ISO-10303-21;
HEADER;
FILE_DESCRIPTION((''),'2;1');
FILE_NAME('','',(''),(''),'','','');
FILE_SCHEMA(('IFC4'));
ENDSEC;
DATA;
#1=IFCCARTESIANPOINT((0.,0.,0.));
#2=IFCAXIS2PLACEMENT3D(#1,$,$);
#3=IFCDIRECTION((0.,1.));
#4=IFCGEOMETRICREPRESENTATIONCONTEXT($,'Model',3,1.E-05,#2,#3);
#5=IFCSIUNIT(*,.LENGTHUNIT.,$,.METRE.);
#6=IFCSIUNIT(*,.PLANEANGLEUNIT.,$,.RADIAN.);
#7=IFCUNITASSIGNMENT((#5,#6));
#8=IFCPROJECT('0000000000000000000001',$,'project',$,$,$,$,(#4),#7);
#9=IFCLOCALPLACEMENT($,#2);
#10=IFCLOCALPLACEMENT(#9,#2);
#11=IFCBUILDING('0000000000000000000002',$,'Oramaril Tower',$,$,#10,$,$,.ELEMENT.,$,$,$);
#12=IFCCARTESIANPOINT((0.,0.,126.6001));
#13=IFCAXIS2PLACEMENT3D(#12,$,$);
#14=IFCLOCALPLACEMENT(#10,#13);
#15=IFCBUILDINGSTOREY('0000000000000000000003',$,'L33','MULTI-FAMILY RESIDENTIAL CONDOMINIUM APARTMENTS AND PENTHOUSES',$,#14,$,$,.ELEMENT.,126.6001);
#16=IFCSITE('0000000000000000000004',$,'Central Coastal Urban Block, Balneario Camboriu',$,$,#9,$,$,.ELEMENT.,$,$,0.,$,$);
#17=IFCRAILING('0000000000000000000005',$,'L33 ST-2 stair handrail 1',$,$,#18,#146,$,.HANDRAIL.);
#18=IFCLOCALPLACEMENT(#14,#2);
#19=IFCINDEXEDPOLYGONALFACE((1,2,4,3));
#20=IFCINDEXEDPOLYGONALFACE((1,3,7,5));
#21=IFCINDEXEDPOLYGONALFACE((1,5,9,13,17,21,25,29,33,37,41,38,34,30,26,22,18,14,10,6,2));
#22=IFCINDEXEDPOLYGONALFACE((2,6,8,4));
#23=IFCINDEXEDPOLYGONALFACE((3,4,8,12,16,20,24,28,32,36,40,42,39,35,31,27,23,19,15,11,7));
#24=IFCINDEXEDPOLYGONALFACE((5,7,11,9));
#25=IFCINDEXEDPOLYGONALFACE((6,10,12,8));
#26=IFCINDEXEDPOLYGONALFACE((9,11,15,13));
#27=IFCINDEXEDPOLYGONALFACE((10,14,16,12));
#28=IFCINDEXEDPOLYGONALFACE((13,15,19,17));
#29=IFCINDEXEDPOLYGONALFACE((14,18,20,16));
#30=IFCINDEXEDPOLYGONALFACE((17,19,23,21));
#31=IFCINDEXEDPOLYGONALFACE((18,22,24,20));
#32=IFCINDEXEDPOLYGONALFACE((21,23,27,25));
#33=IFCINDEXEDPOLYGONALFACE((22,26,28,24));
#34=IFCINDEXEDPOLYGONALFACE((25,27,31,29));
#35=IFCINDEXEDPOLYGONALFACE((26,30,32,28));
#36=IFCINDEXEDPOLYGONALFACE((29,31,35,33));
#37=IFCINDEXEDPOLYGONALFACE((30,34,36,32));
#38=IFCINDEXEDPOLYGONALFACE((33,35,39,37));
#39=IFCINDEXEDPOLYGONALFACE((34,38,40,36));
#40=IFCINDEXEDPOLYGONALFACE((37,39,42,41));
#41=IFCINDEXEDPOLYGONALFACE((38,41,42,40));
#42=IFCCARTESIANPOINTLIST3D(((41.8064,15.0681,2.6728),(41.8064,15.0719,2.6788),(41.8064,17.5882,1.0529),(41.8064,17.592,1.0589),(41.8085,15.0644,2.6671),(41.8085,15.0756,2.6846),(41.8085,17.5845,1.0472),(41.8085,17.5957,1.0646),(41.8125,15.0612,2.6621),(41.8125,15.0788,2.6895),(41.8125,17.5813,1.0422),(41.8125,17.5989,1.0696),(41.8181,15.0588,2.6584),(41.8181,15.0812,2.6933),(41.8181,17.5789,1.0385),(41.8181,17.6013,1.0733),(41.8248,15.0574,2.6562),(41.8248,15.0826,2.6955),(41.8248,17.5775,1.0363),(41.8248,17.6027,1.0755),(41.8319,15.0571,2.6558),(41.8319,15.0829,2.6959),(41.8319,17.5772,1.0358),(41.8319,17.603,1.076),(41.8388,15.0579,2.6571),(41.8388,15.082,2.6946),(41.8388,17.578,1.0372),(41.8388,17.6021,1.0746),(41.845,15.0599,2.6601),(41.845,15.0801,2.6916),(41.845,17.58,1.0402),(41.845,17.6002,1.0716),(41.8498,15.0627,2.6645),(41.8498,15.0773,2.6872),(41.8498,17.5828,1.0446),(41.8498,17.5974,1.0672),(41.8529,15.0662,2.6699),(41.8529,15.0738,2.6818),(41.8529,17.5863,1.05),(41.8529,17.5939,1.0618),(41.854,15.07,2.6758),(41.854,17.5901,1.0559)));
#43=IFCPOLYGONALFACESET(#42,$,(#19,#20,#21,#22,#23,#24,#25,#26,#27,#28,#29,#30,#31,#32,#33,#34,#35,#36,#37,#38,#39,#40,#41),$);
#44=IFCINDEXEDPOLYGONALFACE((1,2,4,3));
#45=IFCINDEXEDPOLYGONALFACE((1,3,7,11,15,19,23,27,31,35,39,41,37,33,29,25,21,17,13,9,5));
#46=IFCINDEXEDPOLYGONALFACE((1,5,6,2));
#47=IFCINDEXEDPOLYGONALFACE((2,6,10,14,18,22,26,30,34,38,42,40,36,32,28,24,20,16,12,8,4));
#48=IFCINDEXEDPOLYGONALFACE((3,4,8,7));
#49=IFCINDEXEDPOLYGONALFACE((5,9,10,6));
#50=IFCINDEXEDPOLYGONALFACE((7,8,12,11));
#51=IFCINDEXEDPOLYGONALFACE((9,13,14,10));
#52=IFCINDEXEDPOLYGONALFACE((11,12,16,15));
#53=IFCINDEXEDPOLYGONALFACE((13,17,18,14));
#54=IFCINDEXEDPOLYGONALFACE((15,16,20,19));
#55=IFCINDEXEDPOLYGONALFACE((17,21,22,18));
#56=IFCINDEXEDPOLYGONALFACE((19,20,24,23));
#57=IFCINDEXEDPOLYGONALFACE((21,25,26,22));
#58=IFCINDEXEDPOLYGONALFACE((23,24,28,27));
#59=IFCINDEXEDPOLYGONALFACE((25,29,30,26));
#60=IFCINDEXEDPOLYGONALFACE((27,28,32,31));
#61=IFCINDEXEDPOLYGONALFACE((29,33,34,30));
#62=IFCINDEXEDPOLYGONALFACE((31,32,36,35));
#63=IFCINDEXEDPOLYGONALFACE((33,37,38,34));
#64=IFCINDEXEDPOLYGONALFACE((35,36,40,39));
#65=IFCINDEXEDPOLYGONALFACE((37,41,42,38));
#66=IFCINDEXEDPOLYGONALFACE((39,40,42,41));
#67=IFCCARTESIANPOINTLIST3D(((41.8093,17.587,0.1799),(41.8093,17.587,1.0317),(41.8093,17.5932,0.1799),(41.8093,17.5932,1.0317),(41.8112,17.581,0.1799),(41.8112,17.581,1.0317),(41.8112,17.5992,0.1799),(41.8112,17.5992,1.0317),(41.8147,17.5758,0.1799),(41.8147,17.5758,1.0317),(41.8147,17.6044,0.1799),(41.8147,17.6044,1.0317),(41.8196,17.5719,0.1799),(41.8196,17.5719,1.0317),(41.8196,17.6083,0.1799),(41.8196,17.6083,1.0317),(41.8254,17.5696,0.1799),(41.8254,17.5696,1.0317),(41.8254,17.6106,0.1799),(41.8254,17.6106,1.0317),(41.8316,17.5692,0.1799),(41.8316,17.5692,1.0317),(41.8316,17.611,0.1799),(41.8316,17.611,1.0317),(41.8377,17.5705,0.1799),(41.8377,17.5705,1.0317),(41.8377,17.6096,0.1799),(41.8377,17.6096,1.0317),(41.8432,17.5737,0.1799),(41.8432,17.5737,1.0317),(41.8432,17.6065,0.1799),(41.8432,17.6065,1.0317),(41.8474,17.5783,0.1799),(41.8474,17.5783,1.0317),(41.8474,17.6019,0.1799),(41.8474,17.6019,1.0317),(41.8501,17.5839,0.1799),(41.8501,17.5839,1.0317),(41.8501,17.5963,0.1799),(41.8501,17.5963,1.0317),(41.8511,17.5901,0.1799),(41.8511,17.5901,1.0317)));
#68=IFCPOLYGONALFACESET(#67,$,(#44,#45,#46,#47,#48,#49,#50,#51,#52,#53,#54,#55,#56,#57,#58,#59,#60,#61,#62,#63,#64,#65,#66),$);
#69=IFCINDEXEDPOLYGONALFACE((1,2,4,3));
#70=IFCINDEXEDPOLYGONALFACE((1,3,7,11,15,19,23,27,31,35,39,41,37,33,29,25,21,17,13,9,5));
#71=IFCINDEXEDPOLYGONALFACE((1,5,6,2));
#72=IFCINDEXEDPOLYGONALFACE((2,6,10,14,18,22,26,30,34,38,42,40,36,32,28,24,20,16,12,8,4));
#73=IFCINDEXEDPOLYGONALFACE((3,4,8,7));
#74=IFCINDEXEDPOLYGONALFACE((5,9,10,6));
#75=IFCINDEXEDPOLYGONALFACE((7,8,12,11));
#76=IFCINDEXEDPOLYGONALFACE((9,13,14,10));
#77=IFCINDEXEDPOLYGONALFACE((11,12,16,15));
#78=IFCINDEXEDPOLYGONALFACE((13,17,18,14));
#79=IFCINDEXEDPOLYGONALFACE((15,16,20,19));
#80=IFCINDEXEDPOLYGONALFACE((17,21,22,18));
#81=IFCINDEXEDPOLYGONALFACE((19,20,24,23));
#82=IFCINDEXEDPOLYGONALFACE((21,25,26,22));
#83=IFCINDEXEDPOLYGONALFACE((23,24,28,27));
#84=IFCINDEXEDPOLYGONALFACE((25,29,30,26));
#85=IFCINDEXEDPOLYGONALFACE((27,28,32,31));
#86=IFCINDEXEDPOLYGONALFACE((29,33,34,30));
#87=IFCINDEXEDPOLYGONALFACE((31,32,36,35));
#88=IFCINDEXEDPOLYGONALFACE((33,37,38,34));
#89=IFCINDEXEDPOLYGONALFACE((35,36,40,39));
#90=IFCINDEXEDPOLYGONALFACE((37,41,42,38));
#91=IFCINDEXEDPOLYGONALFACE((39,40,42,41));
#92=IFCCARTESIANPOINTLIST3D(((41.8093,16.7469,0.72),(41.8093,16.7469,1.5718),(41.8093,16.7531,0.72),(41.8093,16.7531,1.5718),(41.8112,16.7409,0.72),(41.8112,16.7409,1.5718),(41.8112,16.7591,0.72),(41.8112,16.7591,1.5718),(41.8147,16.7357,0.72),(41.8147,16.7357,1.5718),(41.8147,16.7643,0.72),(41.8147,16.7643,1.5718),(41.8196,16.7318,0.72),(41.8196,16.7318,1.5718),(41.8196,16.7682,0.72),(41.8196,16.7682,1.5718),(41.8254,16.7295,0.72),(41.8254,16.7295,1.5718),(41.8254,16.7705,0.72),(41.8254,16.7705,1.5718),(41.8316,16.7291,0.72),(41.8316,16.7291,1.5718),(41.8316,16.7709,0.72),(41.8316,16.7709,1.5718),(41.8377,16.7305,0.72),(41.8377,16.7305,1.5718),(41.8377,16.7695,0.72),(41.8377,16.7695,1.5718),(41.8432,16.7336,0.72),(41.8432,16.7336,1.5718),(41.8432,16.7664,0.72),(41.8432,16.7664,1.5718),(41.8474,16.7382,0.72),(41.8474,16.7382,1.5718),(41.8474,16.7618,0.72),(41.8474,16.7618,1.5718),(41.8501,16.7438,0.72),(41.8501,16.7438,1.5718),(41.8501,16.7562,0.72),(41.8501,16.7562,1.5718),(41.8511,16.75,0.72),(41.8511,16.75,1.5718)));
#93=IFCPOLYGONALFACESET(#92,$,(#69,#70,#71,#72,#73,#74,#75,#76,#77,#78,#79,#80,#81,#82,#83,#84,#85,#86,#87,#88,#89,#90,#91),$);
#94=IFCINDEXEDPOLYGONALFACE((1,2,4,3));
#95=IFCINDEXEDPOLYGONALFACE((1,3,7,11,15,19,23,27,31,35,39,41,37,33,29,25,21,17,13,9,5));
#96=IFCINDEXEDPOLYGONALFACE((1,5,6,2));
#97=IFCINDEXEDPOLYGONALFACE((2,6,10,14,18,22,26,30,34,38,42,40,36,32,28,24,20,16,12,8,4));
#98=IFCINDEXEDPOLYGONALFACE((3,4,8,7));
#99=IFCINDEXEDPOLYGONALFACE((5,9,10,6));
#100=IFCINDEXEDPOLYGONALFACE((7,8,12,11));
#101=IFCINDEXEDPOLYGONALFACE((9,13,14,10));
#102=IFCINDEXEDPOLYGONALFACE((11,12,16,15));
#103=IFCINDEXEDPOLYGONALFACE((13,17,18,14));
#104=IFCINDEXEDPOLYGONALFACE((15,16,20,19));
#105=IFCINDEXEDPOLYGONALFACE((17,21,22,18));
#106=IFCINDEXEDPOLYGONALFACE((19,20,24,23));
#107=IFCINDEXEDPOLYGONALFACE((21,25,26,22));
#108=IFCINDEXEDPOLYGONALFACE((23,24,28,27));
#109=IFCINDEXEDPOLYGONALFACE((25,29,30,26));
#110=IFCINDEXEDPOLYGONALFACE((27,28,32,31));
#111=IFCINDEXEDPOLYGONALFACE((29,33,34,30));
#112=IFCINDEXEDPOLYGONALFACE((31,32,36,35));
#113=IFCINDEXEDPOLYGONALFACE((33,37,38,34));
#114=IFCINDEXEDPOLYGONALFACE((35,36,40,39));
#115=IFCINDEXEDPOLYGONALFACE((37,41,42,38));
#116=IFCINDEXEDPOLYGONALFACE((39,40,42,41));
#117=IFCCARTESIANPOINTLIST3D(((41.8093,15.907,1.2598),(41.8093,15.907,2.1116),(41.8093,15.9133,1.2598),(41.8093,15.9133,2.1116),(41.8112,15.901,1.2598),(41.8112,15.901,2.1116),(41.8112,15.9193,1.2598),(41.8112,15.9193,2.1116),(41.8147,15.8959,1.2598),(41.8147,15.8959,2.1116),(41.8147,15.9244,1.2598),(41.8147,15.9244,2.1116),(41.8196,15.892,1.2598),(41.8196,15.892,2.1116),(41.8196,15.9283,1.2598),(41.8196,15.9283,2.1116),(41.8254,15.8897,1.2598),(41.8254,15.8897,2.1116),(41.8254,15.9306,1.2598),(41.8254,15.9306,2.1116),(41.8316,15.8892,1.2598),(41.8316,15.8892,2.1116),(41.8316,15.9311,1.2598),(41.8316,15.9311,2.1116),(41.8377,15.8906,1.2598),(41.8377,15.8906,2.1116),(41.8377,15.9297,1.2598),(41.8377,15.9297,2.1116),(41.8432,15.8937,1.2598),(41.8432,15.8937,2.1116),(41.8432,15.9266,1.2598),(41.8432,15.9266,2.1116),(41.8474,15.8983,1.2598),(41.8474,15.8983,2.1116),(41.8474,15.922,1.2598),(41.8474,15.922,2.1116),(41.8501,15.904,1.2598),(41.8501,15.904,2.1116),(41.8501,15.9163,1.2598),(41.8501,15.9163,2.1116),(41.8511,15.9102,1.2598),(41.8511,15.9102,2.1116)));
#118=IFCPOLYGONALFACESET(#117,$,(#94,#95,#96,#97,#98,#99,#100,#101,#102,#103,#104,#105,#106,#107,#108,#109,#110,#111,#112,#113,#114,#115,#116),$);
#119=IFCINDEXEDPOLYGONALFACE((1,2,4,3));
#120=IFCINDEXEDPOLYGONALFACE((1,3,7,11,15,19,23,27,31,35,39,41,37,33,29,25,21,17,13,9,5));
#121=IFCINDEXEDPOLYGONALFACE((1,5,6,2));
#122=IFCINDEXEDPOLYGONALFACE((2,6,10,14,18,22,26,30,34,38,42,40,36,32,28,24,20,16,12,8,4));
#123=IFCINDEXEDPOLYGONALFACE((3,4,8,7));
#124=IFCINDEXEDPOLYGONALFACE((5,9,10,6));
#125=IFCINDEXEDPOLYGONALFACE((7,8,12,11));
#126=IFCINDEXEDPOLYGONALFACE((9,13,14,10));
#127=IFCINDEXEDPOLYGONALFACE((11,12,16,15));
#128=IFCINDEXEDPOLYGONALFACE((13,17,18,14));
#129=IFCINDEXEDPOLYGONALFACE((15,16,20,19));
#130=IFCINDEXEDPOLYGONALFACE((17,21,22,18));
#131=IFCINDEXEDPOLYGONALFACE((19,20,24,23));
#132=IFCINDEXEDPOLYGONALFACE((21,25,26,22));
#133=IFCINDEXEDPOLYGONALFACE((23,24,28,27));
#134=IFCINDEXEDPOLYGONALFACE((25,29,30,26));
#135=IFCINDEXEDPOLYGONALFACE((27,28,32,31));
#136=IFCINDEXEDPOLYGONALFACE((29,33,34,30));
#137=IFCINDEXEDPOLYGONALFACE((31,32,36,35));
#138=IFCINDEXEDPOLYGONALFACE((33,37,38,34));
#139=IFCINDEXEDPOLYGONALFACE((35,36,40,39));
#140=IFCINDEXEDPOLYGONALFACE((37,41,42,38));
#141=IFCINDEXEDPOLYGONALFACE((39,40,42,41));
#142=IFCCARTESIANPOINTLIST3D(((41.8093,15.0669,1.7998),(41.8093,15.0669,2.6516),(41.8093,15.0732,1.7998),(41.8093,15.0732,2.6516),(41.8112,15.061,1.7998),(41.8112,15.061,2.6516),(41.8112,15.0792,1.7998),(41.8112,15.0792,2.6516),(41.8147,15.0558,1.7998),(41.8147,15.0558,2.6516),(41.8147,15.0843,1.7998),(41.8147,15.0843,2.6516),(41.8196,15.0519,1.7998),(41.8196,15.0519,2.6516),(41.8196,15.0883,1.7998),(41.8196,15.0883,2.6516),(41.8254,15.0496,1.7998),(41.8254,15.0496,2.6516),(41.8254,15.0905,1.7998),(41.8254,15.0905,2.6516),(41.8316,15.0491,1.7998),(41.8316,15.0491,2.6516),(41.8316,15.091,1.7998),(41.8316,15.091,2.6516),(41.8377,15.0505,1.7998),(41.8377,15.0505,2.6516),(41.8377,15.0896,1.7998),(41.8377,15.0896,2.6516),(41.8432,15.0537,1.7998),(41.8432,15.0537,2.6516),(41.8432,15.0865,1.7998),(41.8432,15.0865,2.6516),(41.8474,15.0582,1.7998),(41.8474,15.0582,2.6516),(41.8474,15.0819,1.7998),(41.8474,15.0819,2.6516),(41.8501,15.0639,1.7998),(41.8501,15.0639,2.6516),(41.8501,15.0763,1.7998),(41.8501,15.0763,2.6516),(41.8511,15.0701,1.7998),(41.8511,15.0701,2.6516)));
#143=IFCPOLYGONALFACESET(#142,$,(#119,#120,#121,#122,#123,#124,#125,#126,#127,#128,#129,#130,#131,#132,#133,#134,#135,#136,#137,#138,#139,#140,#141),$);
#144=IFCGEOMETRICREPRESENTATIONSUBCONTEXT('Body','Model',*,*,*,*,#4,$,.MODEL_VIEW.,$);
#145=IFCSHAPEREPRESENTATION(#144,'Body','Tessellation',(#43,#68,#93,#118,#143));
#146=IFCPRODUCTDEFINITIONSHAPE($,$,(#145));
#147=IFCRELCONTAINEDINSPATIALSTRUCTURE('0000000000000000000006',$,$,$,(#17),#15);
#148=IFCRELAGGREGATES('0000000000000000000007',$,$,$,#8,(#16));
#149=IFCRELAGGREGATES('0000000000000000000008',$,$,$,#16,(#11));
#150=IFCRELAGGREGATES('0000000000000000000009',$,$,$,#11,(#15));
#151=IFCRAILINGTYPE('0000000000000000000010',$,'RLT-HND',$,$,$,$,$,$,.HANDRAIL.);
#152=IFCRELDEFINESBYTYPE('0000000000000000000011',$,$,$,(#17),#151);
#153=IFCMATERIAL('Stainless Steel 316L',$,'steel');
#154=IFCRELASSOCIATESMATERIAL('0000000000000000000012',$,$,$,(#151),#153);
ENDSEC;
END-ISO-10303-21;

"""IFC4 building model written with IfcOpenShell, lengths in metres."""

from ifc_helpers import new_model, si_unit, direction, frame, origin, origin_2d, place, context, subcontext, project, spatial, circle, extrude, material, type_object, element, save


model = new_model("IFC4")

# Units and contexts
model_context = context("Model", 3, precision=1e-05, world=origin(), true_north=direction((0.0, 1.0)))
body_context = subcontext(model_context, "Body", "Model", "MODEL_VIEW")
ifc_project = project(units=[si_unit("LENGTHUNIT", "METRE"), si_unit("PLANEANGLEUNIT", "RADIAN")], contexts=[model_context])

# Site, building, storey
site_placement = place(None, origin())
site = spatial("IfcSite", under=ifc_project, at=site_placement, Name="Central Coastal Urban Block, Balneario Camboriu", CompositionType="ELEMENT", RefElevation=0.0)
building_placement = place(site_placement, origin())
building = spatial("IfcBuilding", under=site, at=building_placement, Name="Oramaril Tower", CompositionType="ELEMENT")
storey_placement = place(building_placement, frame((0.0, 0.0, 126.6001)))
storey = spatial("IfcBuildingStorey", under=building, at=storey_placement, Name="L33", Description="MULTI-FAMILY RESIDENTIAL CONDOMINIUM APARTMENTS AND PENTHOUSES", CompositionType="ELEMENT", Elevation=126.6001)

# Railing
ifc_material_1 = material(Name="Stainless Steel 316L", Category="steel")
railing_type_1 = type_object("IfcRailingType", Name="RLT-HND", PredefinedType="HANDRAIL", material=ifc_material_1)
railing_1_placement = place(storey_placement, frame((41.8301, 17.5901, 0.1799)))
element("IfcRailing", 1, at=railing_1_placement, inside=storey, type_object=railing_type_1, Name="L33 ST-2 stair handrail 1", PredefinedType="HANDRAIL", context=body_context, shape_type="SweptSolid", body=[
    extrude(circle(Radius=0.0239, at=origin_2d()), frame((0.0, 0.0, 0.876), z_axis=(0.0, -0.8412, 0.540725), x_axis=(1.0, 0.0, 0.0)), (0.0, 0.0, 1.0), 2.9958),
    extrude(circle(Radius=0.021, at=origin_2d()), origin(), (0.0, 0.0, 1.0), 0.8518),
    extrude(circle(Radius=0.021, at=origin_2d()), frame((0.0, -0.8401, 0.54)), (0.0, 0.0, 1.0), 0.8518),
    extrude(circle(Radius=0.021, at=origin_2d()), frame((0.0, -1.6799, 1.0798)), (0.0, 0.0, 1.0), 0.8518),
    extrude(circle(Radius=0.021, at=origin_2d()), frame((0.0, -2.52, 1.6199)), (0.0, 0.0, 1.0), 0.8518),
])

save(model, "model.ifc")
